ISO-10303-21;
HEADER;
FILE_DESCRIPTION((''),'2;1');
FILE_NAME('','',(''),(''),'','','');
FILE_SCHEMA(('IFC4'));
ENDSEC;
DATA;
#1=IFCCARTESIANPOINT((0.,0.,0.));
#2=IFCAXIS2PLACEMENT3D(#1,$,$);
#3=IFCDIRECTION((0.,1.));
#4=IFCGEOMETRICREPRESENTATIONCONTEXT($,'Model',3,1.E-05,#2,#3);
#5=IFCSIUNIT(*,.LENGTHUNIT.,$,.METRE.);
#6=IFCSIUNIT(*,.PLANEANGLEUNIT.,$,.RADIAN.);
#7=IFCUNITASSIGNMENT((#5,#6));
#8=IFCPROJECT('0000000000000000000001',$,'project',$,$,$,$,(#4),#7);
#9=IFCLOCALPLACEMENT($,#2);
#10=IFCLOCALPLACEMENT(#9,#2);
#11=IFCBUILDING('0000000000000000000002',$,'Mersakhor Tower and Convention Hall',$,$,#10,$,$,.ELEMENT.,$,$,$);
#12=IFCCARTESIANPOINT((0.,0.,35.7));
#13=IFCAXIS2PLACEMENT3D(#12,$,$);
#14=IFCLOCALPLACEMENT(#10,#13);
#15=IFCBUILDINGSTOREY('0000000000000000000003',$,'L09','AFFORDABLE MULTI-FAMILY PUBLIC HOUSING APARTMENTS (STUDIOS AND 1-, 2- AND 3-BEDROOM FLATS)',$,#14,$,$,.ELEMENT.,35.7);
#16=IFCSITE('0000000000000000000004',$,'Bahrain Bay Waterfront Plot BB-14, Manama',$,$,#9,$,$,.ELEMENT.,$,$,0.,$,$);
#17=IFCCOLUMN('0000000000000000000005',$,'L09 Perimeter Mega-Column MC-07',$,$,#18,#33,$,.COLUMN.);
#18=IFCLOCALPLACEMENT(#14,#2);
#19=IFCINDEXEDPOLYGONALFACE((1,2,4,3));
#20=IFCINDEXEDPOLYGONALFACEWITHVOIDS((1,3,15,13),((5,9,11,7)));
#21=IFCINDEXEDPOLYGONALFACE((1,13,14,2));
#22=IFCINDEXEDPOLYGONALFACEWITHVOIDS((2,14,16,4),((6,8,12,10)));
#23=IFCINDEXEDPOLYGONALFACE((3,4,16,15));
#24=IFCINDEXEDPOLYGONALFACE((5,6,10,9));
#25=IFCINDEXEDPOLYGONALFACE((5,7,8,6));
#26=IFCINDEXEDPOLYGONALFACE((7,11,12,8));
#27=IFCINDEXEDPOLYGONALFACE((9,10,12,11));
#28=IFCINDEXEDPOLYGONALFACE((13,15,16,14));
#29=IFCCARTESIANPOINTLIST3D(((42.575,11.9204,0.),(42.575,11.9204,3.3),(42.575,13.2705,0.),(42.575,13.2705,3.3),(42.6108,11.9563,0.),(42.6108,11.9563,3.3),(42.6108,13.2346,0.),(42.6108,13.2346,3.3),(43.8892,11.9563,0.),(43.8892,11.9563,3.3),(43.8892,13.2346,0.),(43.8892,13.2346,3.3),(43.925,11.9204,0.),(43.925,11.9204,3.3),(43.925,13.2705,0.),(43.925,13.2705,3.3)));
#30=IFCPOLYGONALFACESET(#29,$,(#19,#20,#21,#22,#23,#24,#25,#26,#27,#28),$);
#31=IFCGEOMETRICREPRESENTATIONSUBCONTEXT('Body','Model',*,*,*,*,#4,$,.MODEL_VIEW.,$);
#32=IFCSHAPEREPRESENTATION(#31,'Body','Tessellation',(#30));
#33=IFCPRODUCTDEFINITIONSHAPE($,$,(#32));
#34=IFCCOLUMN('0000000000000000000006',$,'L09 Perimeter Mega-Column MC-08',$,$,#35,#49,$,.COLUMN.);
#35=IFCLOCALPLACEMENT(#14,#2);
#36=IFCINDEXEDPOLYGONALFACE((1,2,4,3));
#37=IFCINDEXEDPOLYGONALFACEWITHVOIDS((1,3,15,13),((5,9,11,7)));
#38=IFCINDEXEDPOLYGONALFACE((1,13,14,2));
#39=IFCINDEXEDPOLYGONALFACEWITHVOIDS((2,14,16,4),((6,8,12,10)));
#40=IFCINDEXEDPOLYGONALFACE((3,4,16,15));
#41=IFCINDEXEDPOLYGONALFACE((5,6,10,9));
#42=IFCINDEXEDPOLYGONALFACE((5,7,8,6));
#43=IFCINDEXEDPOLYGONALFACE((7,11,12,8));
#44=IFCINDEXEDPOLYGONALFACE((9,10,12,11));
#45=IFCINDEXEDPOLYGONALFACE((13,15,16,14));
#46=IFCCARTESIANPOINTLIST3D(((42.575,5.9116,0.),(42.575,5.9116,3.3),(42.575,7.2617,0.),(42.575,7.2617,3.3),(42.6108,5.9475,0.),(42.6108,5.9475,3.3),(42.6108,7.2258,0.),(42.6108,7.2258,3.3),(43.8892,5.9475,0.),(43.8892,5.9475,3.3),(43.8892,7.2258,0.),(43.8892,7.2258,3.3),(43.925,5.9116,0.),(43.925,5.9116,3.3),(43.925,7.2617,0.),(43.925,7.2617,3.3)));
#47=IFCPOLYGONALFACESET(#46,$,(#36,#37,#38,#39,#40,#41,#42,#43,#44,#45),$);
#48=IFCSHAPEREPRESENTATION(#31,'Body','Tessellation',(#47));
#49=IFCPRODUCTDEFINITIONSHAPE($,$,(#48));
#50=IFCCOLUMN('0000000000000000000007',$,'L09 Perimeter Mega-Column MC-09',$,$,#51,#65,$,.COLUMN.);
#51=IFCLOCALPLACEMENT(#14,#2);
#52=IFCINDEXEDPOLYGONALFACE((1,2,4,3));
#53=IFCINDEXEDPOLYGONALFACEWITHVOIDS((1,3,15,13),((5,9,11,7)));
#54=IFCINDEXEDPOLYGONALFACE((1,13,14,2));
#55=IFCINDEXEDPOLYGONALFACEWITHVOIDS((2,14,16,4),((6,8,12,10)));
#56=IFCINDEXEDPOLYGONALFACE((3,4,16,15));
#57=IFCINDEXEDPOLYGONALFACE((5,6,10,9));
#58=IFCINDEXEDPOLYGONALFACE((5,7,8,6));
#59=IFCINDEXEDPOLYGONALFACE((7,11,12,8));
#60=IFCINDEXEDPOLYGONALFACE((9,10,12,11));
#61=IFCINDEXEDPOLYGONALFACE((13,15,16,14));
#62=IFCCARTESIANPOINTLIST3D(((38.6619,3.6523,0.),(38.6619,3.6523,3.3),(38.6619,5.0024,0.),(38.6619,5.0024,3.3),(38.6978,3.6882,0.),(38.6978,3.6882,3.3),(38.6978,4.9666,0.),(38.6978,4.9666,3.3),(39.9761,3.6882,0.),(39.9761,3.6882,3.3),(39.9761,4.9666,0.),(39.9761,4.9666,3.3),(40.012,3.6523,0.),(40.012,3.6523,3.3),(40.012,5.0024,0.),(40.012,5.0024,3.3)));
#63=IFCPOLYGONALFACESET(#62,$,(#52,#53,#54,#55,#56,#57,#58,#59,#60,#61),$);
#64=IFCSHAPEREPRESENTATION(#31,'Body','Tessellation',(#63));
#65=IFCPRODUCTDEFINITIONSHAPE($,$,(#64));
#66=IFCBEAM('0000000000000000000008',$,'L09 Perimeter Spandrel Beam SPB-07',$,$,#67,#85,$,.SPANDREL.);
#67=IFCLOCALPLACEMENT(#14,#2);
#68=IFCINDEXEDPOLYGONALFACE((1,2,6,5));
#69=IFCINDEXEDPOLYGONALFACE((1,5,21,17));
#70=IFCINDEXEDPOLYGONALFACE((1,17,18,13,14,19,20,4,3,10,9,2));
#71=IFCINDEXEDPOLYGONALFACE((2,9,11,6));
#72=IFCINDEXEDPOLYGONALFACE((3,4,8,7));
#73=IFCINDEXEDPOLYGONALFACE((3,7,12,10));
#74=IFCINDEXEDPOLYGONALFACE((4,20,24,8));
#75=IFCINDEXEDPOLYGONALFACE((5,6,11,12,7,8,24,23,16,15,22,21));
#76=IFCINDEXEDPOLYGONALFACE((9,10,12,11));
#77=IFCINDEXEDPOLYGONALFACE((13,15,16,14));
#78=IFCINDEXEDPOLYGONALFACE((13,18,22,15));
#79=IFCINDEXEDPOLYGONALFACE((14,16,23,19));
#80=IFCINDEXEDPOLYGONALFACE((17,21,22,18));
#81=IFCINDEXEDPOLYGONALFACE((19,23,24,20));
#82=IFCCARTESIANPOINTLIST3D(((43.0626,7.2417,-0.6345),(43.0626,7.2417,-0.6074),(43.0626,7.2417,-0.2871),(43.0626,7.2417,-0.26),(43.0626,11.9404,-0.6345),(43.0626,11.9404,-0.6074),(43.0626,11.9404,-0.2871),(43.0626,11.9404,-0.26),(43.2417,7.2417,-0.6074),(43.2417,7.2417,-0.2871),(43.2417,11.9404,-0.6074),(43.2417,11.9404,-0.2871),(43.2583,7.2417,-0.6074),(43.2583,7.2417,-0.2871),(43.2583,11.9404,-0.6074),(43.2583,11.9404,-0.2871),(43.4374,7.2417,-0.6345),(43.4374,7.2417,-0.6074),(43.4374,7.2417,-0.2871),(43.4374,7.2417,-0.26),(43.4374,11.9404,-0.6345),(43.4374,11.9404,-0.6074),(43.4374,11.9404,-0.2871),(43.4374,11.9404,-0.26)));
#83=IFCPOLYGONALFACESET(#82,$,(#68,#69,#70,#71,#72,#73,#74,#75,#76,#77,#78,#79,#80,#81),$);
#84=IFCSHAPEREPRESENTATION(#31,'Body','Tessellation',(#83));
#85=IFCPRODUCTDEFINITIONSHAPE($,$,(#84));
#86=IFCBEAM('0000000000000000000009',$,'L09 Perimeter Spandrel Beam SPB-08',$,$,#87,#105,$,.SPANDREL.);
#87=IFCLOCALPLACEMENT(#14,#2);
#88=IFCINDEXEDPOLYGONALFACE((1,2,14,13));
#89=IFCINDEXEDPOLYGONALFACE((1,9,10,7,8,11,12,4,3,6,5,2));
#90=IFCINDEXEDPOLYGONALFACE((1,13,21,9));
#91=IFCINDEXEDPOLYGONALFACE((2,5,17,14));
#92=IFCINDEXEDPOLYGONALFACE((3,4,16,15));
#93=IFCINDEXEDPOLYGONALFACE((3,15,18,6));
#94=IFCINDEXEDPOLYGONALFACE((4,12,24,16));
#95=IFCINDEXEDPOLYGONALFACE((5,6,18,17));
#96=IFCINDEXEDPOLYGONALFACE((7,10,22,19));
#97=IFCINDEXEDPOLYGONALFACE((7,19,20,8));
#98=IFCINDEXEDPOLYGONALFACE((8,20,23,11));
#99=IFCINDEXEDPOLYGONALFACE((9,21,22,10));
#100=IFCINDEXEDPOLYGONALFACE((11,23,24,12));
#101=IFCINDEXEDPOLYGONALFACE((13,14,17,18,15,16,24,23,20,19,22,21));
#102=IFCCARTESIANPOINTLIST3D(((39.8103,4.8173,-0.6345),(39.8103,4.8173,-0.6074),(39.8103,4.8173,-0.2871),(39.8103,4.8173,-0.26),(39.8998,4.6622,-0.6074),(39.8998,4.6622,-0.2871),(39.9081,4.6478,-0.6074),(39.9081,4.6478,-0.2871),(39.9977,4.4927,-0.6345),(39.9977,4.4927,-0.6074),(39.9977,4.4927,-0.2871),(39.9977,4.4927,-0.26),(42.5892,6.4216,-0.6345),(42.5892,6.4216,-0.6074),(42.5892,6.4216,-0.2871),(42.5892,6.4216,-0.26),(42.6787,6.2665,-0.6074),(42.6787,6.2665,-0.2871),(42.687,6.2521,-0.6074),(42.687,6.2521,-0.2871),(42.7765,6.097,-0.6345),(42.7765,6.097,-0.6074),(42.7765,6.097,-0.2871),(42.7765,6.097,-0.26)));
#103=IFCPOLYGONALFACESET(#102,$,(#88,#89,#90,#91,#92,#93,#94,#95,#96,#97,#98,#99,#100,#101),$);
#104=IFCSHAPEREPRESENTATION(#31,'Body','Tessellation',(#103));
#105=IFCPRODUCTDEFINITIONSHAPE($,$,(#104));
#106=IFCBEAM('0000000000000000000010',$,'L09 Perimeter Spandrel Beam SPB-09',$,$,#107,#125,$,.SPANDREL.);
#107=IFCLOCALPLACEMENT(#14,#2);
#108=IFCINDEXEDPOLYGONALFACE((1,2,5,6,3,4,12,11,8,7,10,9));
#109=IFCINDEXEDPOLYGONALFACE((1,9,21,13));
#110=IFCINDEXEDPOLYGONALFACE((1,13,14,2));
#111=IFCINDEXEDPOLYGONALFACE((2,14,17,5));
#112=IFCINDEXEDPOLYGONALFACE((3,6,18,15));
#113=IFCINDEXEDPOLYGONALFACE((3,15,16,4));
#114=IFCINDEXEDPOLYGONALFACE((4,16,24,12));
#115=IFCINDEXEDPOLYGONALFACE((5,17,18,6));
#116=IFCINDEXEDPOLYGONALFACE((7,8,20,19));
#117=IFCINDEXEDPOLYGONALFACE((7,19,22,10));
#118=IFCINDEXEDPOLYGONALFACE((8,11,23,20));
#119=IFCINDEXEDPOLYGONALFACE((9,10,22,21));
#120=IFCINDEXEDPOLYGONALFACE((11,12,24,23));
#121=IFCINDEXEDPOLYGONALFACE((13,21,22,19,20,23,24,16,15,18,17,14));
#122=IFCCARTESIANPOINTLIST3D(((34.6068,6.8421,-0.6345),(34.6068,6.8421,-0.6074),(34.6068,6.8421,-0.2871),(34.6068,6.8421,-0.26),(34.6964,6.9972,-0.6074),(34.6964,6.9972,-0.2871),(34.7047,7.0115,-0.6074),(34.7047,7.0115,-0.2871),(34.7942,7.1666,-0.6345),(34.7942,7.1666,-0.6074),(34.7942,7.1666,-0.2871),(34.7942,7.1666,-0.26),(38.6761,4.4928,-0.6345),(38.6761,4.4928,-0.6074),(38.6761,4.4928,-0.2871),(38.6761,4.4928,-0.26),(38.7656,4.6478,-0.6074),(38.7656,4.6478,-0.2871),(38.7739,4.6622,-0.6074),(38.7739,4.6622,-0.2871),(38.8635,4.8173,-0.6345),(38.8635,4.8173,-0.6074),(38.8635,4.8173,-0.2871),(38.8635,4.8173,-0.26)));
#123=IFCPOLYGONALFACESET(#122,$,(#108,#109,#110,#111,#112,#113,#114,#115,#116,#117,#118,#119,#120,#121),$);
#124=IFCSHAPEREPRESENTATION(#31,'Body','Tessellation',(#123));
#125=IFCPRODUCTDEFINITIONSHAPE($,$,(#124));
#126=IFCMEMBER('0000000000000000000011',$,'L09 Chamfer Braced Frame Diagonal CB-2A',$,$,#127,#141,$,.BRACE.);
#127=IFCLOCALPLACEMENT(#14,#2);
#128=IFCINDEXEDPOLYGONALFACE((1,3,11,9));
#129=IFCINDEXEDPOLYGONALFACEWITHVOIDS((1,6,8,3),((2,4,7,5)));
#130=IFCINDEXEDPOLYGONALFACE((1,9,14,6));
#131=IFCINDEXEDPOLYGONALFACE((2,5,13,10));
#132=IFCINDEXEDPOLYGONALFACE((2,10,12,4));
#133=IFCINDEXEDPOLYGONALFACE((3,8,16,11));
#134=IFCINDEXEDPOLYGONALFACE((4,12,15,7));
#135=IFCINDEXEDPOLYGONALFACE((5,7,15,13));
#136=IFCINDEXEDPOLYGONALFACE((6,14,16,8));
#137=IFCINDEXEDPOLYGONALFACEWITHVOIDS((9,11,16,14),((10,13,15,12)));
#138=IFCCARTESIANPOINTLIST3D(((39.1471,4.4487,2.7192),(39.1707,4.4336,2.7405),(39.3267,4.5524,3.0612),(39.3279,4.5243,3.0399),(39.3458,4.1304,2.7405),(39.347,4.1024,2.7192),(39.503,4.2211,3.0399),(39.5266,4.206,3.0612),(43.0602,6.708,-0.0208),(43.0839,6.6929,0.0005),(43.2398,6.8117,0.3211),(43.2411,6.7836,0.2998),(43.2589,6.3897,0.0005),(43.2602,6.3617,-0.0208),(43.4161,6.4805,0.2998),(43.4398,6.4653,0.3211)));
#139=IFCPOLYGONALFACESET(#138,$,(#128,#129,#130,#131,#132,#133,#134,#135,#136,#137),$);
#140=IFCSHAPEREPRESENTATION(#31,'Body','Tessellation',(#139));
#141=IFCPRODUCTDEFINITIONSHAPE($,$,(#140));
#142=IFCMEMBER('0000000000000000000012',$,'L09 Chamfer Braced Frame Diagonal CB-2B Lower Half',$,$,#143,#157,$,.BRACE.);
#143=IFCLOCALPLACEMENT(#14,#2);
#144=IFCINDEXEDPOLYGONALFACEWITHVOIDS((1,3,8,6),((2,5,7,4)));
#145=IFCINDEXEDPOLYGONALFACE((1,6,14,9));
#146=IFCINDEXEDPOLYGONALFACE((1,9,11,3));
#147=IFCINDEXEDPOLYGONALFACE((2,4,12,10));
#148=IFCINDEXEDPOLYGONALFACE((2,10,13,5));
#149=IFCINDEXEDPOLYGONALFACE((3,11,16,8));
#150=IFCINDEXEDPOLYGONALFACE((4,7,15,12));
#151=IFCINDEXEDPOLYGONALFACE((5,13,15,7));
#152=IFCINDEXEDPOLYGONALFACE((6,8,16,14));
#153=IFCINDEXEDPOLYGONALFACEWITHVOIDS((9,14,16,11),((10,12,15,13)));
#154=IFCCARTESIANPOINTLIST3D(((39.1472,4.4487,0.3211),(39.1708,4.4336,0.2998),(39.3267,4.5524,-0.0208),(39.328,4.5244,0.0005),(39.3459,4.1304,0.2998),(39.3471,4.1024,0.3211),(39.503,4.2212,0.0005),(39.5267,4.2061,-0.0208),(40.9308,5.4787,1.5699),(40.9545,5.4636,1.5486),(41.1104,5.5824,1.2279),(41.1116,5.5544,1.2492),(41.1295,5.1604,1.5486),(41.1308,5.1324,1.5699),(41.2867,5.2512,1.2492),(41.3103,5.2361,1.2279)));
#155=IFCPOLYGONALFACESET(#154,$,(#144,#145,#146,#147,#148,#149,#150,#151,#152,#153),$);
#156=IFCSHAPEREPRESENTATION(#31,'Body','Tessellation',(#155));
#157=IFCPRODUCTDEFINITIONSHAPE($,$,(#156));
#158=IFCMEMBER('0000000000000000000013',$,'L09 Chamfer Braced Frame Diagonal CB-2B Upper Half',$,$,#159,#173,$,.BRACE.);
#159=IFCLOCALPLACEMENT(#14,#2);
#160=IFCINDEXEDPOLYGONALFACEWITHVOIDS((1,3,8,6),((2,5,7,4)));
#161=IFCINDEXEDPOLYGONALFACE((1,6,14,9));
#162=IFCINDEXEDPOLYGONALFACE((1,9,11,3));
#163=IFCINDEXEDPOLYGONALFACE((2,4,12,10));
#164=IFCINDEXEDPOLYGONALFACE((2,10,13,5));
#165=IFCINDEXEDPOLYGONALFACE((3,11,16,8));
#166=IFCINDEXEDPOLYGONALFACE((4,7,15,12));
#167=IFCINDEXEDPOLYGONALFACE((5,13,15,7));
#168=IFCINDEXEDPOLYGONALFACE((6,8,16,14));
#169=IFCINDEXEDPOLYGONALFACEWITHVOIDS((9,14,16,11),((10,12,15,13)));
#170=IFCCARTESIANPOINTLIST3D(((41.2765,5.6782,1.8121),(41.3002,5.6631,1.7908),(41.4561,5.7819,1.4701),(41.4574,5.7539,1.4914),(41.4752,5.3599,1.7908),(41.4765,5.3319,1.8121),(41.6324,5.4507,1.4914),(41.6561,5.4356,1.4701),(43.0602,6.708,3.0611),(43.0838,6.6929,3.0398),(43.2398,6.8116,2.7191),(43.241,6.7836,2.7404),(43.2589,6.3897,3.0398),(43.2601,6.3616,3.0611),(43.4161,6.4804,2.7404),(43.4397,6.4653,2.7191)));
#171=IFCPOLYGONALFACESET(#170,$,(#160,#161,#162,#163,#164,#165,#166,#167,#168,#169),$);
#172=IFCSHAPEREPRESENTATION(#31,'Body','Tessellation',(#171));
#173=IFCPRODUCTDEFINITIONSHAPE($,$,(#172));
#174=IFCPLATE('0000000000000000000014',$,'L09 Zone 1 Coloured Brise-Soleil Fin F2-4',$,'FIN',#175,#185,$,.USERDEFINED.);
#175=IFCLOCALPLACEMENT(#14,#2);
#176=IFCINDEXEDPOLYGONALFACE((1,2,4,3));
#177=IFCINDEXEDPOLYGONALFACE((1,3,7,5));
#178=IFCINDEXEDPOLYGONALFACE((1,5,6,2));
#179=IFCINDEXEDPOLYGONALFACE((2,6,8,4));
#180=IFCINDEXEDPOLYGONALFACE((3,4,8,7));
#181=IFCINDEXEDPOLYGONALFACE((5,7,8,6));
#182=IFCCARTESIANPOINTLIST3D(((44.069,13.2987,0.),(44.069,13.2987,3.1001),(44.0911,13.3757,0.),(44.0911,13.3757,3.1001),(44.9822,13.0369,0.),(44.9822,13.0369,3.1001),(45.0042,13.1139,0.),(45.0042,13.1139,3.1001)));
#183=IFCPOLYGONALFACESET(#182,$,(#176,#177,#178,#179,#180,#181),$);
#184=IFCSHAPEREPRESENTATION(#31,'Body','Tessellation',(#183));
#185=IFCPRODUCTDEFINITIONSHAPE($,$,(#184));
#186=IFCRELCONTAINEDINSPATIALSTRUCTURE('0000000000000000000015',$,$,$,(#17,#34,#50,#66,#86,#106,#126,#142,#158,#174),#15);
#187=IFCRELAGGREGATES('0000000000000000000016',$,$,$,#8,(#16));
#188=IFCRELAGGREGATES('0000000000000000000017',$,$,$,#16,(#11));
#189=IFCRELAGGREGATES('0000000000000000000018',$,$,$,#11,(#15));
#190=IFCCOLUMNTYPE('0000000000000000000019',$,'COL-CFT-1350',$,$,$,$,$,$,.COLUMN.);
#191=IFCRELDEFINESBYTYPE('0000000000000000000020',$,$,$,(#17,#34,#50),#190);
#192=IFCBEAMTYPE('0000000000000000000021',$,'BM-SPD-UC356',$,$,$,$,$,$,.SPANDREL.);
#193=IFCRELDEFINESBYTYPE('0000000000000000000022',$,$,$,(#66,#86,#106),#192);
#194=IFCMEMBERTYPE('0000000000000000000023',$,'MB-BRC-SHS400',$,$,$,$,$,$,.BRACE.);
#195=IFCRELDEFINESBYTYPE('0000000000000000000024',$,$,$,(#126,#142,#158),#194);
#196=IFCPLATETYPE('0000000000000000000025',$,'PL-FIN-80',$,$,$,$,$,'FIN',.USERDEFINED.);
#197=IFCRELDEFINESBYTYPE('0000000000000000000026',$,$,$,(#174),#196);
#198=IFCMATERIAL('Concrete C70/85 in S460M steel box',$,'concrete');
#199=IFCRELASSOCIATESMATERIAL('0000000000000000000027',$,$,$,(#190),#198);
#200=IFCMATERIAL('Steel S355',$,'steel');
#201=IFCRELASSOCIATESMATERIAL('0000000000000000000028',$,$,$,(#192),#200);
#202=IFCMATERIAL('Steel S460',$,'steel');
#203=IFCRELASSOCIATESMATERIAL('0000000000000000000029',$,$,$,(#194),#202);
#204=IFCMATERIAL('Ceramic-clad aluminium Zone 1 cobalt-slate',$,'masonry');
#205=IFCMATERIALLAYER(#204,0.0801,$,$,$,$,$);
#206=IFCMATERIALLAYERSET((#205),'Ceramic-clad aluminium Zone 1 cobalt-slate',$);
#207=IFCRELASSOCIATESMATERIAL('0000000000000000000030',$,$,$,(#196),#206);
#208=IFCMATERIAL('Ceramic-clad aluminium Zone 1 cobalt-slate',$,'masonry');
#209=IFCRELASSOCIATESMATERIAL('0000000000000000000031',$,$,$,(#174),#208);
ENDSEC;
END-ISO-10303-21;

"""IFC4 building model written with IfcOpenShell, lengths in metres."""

from ifc_helpers import new_model, si_unit, direction, frame, origin, origin_2d, place, context, subcontext, project, spatial, rectangle, hollow_rectangle, i_section, extrude, material, layer, layer_set, material_profile, profile_set, type_object, element, save


model = new_model("IFC4")

# Units and contexts
model_context = context("Model", 3, precision=1e-05, world=origin(), true_north=direction((0.0, 1.0)))
body_context = subcontext(model_context, "Body", "Model", "MODEL_VIEW")
ifc_project = project(units=[si_unit("LENGTHUNIT", "METRE"), si_unit("PLANEANGLEUNIT", "RADIAN")], contexts=[model_context])

# Site, building, storey
site_placement = place(None, origin())
site = spatial("IfcSite", under=ifc_project, at=site_placement, Name="Bahrain Bay Waterfront Plot BB-14, Manama", CompositionType="ELEMENT", RefElevation=0.0)
building_placement = place(site_placement, origin())
building = spatial("IfcBuilding", under=site, at=building_placement, Name="Mersakhor Tower and Convention Hall", CompositionType="ELEMENT")
storey_placement = place(building_placement, frame((0.0, 0.0, 35.7)))
storey = spatial("IfcBuildingStorey", under=building, at=storey_placement, Name="L09", Description="AFFORDABLE MULTI-FAMILY PUBLIC HOUSING APARTMENTS (STUDIOS AND 1-, 2- AND 3-BEDROOM FLATS)", CompositionType="ELEMENT", Elevation=35.7)

# Columns
ifc_material_1 = material(Name="Concrete C70/85 in S460M steel box", Category="concrete")
ifc_material_profile_1 = material_profile(ifc_material_1, hollow_rectangle(XDim=1.3501, YDim=1.3501, WallThickness=0.0359, at=origin_2d()), Name="SHS 1350x1350x36")
ifc_profile_set_1 = profile_set([ifc_material_profile_1], Name="Concrete C70/85 in S460M steel box")
column_type = type_object("IfcColumnType", Name="COL-CFT-1350", PredefinedType="COLUMN", material=ifc_profile_set_1)
for number, where, z_axis, x_axis, name in (
    (1, (43.25, 12.5955, 0.0), (0.0, 0.0, 1.0), (1.0, 0.0, 0.0), "L09 Perimeter Mega-Column MC-07"),
    (2, (43.25, 6.5867, 0.0), (0.0, 0.0, 1.0), (1.0, 0.0, 0.0), "L09 Perimeter Mega-Column MC-08"),
    (3, (39.3369, 4.3274, 0.0), (0.0, 0.0, 1.0), (1.0, 0.0, 0.0), "L09 Perimeter Mega-Column MC-09"),
):
    element("IfcColumn", number, at=place(storey_placement, frame(where, z_axis=z_axis, x_axis=x_axis)), inside=storey, type_object=column_type, Name=name, PredefinedType="COLUMN", context=body_context, shape_type="SweptSolid", body=[
        extrude(hollow_rectangle(XDim=1.3501, YDim=1.3501, WallThickness=0.0359, at=origin_2d()), origin(), (0.0, 0.0, 1.0), 3.3),
    ])

# Beams
ifc_material_2 = material(Name="Steel S355", Category="steel")
ifc_material_profile_2 = material_profile(ifc_material_2, i_section(OverallWidth=0.3748, OverallDepth=0.3745, WebThickness=0.0166, FlangeThickness=0.0271, at=origin_2d()), Name="UC 356x368x202")
ifc_profile_set_2 = profile_set([ifc_material_profile_2], Name="Steel S355")
beam_type = type_object("IfcBeamType", Name="BM-SPD-UC356", PredefinedType="SPANDREL", material=ifc_profile_set_2)
beam_1_placement = place(storey_placement, frame((43.25, 11.9404, -0.4473), z_axis=(0.0, -1.0, 0.0), x_axis=(1.0, 0.0, 0.0)))
element("IfcBeam", 4, at=beam_1_placement, inside=storey, type_object=beam_type, Name="L09 Perimeter Spandrel Beam SPB-07", PredefinedType="SPANDREL", context=body_context, shape_type="SweptSolid", body=[
    extrude(i_section(OverallWidth=0.3748, OverallDepth=0.3745, WebThickness=0.0166, FlangeThickness=0.0271, at=origin_2d()), origin(), (0.0, 0.0, 1.0), 4.6987),
])
beam_2_placement = place(storey_placement, frame((42.6829, 6.2593, -0.4473), z_axis=(-0.866039, -0.499977, 0.0), x_axis=(0.499977, -0.866039, 0.0)))
element("IfcBeam", 5, at=beam_2_placement, inside=storey, type_object=beam_type, Name="L09 Perimeter Spandrel Beam SPB-08", PredefinedType="SPANDREL", context=body_context, shape_type="SweptSolid", body=[
    extrude(i_section(OverallWidth=0.3748, OverallDepth=0.3745, WebThickness=0.0166, FlangeThickness=0.0271, at=origin_2d()), origin(), (0.0, 0.0, 1.0), 3.2087),
])
beam_3_placement = place(storey_placement, frame((38.7698, 4.655, -0.4473), z_axis=(-0.866032, 0.499989, 0.0), x_axis=(-0.499989, -0.866032, 0.0)))
element("IfcBeam", 6, at=beam_3_placement, inside=storey, type_object=beam_type, Name="L09 Perimeter Spandrel Beam SPB-09", PredefinedType="SPANDREL", context=body_context, shape_type="SweptSolid", body=[
    extrude(i_section(OverallWidth=0.3748, OverallDepth=0.3745, WebThickness=0.0166, FlangeThickness=0.0271, at=origin_2d()), origin(), (0.0, 0.0, 1.0), 4.6987),
])

# Members
ifc_material_3 = material(Name="Steel S460", Category="steel")
ifc_material_profile_3 = material_profile(ifc_material_3, hollow_rectangle(XDim=0.3999, YDim=0.3999, WallThickness=0.0249, at=origin_2d()), Name="SHS 400x400x25")
ifc_profile_set_3 = profile_set([ifc_material_profile_3], Name="Steel S460")
member_type = type_object("IfcMemberType", Name="MB-BRC-SHS400", PredefinedType="BRACE", material=ifc_profile_set_3)
member_placement = place(storey_placement, frame((43.25, 6.5867, 0.1501), z_axis=(-0.740508, -0.427543, 0.518513), x_axis=(0.500009, -0.86602, 0.0)))
element("IfcMember", 7, at=member_placement, inside=storey, type_object=member_type, Name="L09 Chamfer Braced Frame Diagonal CB-2A", PredefinedType="BRACE", context=body_context, shape_type="SweptSolid", body=[
    extrude(hollow_rectangle(XDim=0.3999, YDim=0.3999, WallThickness=0.0249, at=origin_2d()), origin(), (0.0, 0.0, 1.0), 5.2844),
])
for number, where, z_axis, x_axis, name in (
    (8, (39.3369, 4.3274, 0.1501), (0.740512, 0.427624, 0.51844), (-0.500078, 0.86598, 0.0), "L09 Chamfer Braced Frame Diagonal CB-2B Lower Half"),
    (9, (41.4663, 5.5569, 1.6411), (0.740505, 0.427519, 0.518536), (-0.499989, 0.866032, 0.0), "L09 Chamfer Braced Frame Diagonal CB-2B Upper Half"),
):
    element("IfcMember", number, at=place(storey_placement, frame(where, z_axis=z_axis, x_axis=x_axis)), inside=storey, type_object=member_type, Name=name, PredefinedType="BRACE", context=body_context, shape_type="SweptSolid", body=[
        extrude(hollow_rectangle(XDim=0.3999, YDim=0.3999, WallThickness=0.0249, at=origin_2d()), origin(), (0.0, 0.0, 1.0), 2.4087),
    ])

# Plate
ifc_material_4 = material(Name="Ceramic-clad aluminium Zone 1 cobalt-slate", Category="masonry")
ifc_material_5 = material(Name="Ceramic-clad aluminium Zone 1 cobalt-slate", Category="masonry")
ifc_layer_1 = layer(ifc_material_5, 0.0801)
ifc_layer_set_1 = layer_set([ifc_layer_1], Name="Ceramic-clad aluminium Zone 1 cobalt-slate")
plate_type_1 = type_object("IfcPlateType", Name="PL-FIN-80", ElementType="FIN", PredefinedType="USERDEFINED", material=ifc_layer_set_1)
plate_1_placement = place(storey_placement, frame((44.5366, 13.2063, 0.0), z_axis=(0.0, 0.0, 1.0), x_axis=(0.961262, -0.275637, 0.0)))
element("IfcPlate", 10, at=plate_1_placement, inside=storey, type_object=plate_type_1, material=ifc_material_4, Name="L09 Zone 1 Coloured Brise-Soleil Fin F2-4", ObjectType="FIN", PredefinedType="USERDEFINED", context=body_context, shape_type="SweptSolid", body=[
    extrude(rectangle(XDim=0.95, YDim=0.0801, at=origin_2d()), origin(), (0.0, 0.0, 1.0), 3.1001),
])

save(model, "model.ifc")
